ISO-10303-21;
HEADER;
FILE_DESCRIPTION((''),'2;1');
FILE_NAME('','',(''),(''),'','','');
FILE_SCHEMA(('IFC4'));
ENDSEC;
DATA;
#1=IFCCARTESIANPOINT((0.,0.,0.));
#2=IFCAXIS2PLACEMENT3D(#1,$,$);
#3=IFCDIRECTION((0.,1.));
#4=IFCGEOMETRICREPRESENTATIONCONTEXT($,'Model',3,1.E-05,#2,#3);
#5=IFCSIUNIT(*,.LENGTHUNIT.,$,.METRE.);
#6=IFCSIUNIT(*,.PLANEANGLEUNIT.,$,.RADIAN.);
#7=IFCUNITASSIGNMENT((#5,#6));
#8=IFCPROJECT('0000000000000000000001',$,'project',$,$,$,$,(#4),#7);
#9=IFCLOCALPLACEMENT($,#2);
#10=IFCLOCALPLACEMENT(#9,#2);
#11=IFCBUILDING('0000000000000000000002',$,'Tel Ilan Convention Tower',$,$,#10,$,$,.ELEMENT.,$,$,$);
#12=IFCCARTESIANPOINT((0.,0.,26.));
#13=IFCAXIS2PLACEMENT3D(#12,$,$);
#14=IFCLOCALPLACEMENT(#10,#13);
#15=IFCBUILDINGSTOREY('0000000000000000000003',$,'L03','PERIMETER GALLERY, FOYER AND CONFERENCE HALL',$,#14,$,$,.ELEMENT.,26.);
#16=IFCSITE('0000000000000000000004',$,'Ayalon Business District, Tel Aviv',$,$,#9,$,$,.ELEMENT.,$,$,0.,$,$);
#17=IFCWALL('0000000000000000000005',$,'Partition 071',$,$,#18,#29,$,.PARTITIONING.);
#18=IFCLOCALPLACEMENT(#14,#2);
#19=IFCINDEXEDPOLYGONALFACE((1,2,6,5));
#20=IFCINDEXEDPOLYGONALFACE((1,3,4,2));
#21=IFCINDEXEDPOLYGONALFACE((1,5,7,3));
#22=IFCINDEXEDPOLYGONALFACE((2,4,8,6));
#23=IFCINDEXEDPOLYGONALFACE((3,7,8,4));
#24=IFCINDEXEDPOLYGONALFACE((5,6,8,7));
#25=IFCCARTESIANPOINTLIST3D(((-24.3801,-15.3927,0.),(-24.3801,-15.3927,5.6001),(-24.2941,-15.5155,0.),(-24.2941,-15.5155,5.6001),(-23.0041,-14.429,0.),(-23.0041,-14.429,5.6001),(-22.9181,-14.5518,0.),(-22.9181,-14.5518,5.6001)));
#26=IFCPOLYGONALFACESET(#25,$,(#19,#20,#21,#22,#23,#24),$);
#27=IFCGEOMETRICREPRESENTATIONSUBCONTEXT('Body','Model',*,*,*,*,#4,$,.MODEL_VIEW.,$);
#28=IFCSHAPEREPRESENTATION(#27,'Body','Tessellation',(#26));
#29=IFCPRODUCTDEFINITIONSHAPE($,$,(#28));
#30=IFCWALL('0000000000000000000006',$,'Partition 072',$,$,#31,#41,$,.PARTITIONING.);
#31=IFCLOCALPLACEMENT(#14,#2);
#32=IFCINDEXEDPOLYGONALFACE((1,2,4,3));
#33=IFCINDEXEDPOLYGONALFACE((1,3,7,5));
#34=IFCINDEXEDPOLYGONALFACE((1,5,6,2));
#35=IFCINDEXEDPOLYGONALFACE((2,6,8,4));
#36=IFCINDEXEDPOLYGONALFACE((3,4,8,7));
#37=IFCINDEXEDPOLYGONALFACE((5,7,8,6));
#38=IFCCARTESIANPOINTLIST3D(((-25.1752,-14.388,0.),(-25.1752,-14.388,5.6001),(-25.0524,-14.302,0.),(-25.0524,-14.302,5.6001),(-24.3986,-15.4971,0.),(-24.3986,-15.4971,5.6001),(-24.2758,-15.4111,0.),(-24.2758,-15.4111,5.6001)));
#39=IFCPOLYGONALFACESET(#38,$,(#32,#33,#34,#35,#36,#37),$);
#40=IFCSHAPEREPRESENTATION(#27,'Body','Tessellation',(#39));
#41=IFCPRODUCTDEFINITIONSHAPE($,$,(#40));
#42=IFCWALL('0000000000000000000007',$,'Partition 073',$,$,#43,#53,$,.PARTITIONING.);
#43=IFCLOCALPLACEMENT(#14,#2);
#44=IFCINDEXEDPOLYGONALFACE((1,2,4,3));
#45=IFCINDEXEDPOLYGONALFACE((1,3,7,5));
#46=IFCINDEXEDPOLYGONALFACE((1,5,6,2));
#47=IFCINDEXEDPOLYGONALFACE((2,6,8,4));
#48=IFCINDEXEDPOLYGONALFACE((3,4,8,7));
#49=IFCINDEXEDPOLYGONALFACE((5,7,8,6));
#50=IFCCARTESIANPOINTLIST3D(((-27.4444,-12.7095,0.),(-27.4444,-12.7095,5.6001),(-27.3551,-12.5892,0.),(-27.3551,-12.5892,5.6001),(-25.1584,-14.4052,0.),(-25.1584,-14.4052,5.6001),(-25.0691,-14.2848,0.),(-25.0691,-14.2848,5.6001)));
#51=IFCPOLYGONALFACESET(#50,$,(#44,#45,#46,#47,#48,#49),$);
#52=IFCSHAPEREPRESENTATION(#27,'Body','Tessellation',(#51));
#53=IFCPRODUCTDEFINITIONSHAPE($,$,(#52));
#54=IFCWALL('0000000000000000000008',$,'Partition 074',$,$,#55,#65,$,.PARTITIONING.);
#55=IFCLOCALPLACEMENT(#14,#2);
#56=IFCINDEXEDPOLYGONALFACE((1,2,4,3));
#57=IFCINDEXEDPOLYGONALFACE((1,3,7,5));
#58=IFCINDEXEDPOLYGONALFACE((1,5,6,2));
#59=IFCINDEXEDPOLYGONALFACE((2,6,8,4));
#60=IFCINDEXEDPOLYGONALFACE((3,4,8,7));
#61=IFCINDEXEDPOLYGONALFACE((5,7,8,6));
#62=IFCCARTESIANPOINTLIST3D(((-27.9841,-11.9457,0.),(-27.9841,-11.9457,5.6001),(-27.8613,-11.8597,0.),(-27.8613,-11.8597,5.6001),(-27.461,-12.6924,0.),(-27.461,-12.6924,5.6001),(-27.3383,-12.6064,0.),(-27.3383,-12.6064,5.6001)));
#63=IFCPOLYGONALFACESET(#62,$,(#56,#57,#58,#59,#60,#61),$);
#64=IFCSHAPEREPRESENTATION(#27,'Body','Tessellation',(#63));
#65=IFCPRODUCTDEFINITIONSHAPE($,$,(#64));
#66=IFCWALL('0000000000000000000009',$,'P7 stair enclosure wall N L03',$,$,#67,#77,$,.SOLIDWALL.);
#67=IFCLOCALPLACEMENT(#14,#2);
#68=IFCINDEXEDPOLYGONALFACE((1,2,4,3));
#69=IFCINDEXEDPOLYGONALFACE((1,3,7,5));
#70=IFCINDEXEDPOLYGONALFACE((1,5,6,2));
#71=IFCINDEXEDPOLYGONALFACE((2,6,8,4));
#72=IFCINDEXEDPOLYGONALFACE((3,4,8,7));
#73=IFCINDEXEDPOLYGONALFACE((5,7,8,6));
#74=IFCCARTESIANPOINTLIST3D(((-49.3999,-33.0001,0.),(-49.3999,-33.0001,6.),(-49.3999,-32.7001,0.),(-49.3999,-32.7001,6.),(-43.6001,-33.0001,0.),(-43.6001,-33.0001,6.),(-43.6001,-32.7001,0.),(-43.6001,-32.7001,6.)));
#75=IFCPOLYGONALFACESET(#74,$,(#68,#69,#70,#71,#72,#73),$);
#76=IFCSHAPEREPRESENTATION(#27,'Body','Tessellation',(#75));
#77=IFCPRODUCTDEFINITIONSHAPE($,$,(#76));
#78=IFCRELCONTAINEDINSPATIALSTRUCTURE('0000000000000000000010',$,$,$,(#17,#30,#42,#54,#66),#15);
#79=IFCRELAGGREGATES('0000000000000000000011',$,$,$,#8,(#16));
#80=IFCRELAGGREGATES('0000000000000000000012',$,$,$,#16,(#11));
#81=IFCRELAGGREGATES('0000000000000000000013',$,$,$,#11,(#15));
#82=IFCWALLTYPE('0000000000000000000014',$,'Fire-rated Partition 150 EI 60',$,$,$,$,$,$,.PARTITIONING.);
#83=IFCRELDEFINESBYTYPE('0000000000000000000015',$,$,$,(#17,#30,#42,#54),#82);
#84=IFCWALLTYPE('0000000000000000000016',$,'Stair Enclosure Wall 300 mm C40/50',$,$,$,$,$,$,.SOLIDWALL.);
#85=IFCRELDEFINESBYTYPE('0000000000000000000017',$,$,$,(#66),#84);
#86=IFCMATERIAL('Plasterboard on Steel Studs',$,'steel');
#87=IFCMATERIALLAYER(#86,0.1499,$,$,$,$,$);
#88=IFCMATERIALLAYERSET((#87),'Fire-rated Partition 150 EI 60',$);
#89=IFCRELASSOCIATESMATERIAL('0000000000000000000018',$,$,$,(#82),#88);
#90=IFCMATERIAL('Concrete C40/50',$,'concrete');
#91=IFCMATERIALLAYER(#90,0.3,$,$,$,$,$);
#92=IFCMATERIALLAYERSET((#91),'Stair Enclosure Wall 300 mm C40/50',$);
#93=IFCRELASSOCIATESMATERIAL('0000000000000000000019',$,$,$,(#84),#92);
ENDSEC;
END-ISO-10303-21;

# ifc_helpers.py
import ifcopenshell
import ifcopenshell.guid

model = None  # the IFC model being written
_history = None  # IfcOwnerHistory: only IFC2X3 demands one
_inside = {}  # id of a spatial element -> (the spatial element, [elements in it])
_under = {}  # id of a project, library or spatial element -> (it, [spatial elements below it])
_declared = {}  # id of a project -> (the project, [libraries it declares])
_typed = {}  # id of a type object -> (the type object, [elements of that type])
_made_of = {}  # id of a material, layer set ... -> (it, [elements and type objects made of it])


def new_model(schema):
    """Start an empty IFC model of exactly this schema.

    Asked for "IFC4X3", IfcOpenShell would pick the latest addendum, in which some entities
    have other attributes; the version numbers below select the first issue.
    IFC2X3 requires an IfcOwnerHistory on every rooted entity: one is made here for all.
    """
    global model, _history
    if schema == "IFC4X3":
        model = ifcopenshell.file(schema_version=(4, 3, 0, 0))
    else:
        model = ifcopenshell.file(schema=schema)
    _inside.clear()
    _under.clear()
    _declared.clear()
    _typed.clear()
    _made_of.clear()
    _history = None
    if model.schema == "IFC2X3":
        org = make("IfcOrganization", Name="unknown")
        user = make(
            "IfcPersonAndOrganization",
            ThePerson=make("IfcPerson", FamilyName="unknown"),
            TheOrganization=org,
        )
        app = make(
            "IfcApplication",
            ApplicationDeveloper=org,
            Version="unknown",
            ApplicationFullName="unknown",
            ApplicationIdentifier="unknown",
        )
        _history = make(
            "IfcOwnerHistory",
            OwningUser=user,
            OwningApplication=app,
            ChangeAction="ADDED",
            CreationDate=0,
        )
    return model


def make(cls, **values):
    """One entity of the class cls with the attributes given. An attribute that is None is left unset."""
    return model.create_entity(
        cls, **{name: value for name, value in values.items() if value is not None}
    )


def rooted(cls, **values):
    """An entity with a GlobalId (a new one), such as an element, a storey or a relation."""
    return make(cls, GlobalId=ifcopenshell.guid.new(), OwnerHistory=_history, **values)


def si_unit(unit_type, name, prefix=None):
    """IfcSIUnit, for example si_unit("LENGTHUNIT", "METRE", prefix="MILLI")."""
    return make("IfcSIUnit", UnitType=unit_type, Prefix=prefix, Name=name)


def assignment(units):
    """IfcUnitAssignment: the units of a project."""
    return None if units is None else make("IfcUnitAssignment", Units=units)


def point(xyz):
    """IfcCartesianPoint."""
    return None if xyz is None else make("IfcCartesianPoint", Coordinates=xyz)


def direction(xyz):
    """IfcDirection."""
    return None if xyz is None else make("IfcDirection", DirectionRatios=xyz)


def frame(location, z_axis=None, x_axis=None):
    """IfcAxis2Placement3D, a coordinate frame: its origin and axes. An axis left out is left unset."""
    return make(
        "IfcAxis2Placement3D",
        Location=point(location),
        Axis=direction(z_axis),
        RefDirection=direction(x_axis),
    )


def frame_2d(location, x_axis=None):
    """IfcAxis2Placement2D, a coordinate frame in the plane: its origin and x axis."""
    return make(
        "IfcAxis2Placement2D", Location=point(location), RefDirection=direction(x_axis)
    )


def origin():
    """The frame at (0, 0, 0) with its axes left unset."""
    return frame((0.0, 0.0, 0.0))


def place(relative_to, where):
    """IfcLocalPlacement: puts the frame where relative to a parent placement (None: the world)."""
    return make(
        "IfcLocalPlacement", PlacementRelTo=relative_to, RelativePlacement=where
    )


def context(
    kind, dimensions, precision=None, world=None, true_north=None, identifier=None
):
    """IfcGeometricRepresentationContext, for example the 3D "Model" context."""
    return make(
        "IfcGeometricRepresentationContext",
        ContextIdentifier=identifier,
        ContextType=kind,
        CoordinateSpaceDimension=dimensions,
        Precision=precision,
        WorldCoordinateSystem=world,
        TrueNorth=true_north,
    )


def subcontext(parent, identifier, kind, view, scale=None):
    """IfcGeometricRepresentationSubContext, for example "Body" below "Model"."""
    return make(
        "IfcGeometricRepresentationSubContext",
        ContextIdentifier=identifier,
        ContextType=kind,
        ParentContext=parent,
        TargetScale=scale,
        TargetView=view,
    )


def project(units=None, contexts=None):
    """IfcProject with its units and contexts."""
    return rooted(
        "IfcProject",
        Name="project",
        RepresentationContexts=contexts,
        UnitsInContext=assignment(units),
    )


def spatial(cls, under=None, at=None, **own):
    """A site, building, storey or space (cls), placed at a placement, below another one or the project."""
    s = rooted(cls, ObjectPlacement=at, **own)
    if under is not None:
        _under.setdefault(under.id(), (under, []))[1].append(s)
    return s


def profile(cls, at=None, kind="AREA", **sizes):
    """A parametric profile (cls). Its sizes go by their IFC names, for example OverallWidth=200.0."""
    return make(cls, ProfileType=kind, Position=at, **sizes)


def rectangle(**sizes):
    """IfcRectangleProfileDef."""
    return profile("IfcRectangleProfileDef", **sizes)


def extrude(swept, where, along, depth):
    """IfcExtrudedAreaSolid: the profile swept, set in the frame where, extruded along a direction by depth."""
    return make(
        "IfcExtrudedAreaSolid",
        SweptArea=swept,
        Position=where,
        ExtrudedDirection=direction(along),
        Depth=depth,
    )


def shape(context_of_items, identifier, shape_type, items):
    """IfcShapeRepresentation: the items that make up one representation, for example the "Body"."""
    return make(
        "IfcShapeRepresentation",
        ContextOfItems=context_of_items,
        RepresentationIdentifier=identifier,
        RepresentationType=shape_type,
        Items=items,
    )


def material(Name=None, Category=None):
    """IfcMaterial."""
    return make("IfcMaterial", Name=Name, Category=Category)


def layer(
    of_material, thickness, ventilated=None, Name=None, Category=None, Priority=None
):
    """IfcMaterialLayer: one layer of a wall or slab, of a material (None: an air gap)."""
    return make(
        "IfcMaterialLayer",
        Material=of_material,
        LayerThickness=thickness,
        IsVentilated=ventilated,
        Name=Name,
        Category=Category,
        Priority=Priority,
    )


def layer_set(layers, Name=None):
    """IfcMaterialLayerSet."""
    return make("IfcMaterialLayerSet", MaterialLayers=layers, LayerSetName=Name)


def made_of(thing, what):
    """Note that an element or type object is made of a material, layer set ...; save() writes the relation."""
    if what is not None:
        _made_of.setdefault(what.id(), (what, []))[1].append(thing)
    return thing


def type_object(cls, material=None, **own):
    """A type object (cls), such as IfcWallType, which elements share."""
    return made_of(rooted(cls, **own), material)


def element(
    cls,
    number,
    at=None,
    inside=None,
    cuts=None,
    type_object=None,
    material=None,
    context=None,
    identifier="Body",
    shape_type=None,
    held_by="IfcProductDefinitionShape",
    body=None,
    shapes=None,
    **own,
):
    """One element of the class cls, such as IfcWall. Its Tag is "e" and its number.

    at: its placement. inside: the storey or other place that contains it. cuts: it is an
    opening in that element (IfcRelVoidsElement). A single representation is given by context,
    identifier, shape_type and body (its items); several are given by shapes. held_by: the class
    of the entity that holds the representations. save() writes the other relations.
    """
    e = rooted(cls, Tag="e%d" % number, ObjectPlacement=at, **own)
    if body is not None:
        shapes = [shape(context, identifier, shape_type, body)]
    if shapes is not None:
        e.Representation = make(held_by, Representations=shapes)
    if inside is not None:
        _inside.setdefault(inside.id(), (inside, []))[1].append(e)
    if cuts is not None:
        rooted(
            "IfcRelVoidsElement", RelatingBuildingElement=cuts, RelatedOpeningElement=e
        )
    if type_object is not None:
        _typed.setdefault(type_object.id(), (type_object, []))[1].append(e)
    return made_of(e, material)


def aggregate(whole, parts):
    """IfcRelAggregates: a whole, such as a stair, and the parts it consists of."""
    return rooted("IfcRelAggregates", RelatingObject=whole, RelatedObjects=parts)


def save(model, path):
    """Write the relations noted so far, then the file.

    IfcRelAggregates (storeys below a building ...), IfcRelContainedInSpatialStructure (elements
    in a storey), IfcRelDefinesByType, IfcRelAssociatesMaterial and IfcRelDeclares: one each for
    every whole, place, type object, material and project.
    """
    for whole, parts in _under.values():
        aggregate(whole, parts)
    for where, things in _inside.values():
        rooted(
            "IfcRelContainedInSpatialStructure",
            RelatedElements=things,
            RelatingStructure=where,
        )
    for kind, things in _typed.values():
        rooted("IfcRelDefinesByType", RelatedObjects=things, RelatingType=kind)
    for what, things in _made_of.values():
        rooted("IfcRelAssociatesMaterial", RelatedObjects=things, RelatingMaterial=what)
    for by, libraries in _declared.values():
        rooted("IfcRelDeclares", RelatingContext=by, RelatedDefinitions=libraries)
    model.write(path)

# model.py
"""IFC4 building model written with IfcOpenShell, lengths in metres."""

from ifc_helpers import new_model, si_unit, direction, frame, frame_2d, origin, place, context, subcontext, project, spatial, rectangle, extrude, material, layer, layer_set, type_object, element, save


model = new_model("IFC4")

# Units and contexts
model_context = context("Model", 3, precision=1e-05, world=origin(), true_north=direction((0.0, 1.0)))
body_context = subcontext(model_context, "Body", "Model", "MODEL_VIEW")
ifc_project = project(units=[si_unit("LENGTHUNIT", "METRE"), si_unit("PLANEANGLEUNIT", "RADIAN")], contexts=[model_context])

# Site, building, storey
site_placement = place(None, origin())
site = spatial("IfcSite", under=ifc_project, at=site_placement, Name="Ayalon Business District, Tel Aviv", CompositionType="ELEMENT", RefElevation=0.0)
building_placement = place(site_placement, origin())
building = spatial("IfcBuilding", under=site, at=building_placement, Name="Tel Ilan Convention Tower", CompositionType="ELEMENT")
storey_placement = place(building_placement, frame((0.0, 0.0, 26.0)))
storey = spatial("IfcBuildingStorey", under=building, at=storey_placement, Name="L03", Description="PERIMETER GALLERY, FOYER AND CONFERENCE HALL", CompositionType="ELEMENT", Elevation=26.0)

# Shared definitions
ifc_material_1 = material(Name="Plasterboard on Steel Studs", Category="steel")
ifc_layer_1 = layer(ifc_material_1, 0.1499)
ifc_layer_set_1 = layer_set([ifc_layer_1], Name="Fire-rated Partition 150 EI 60")
wall_type_1 = type_object("IfcWallType", Name="Fire-rated Partition 150 EI 60", PredefinedType="PARTITIONING", material=ifc_layer_set_1)

# Walls
wall_1_placement = place(storey_placement, frame((-22.9612, -14.4905, 0.0), z_axis=(0.0, 0.0, 1.0), x_axis=(-0.819109, -0.573638, 0.0)))
element("IfcWall", 1, at=wall_1_placement, inside=storey, type_object=wall_type_1, Name="Partition 071", PredefinedType="PARTITIONING", context=body_context, shape_type="SweptSolid", body=[
    extrude(rectangle(XDim=1.6799, YDim=0.1499, at=frame_2d((0.8398, 0.0))), origin(), (0.0, 0.0, 1.0), 5.6001),
])
wall_2_placement = place(storey_placement, frame((-24.3372, -15.4541, 0.0), z_axis=(0.0, 0.0, 1.0), x_axis=(-0.573571, 0.819156, 0.0)))
element("IfcWall", 2, at=wall_2_placement, inside=storey, type_object=wall_type_1, Name="Partition 072", PredefinedType="PARTITIONING", context=body_context, shape_type="SweptSolid", body=[
    extrude(rectangle(XDim=1.354, YDim=0.1499, at=frame_2d((0.677, 0.0))), origin(), (0.0, 0.0, 1.0), 5.6001),
])
wall_3_placement = place(storey_placement, frame((-25.1138, -14.345, 0.0), z_axis=(0.0, 0.0, 1.0), x_axis=(-0.80317, 0.595751, 0.0)))
element("IfcWall", 3, at=wall_3_placement, inside=storey, type_object=wall_type_1, Name="Partition 073", PredefinedType="PARTITIONING", context=body_context, shape_type="SweptSolid", body=[
    extrude(rectangle(XDim=2.8462, YDim=0.1499, at=frame_2d((1.4231, 0.0))), origin(), (0.0, 0.0, 1.0), 5.6001),
])
wall_4_placement = place(storey_placement, frame((-27.3997, -12.6494, 0.0), z_axis=(0.0, 0.0, 1.0), x_axis=(-0.573714, 0.819056, 0.0)))
element("IfcWall", 4, at=wall_4_placement, inside=storey, type_object=wall_type_1, Name="Partition 074", PredefinedType="PARTITIONING", context=body_context, shape_type="SweptSolid", body=[
    extrude(rectangle(XDim=0.9116, YDim=0.1499, at=frame_2d((0.4558, 0.0))), origin(), (0.0, 0.0, 1.0), 5.6001),
])
ifc_material_2 = material(Name="Concrete C40/50", Category="concrete")
ifc_layer_2 = layer(ifc_material_2, 0.3)
ifc_layer_set_2 = layer_set([ifc_layer_2], Name="Stair Enclosure Wall 300 mm C40/50")
wall_type_2 = type_object("IfcWallType", Name="Stair Enclosure Wall 300 mm C40/50", PredefinedType="SOLIDWALL", material=ifc_layer_set_2)
wall_5_placement = place(storey_placement, frame((-49.3999, -32.8501, 0.0), z_axis=(0.0, 0.0, 1.0), x_axis=(1.0, 0.0, 0.0)))
element("IfcWall", 5, at=wall_5_placement, inside=storey, type_object=wall_type_2, Name="P7 stair enclosure wall N L03", PredefinedType="SOLIDWALL", context=body_context, shape_type="SweptSolid", body=[
    extrude(rectangle(XDim=5.7998, YDim=0.3, at=frame_2d((2.8999, 0.0))), origin(), (0.0, 0.0, 1.0), 6.0),
])

save(model, "model.ifc")
